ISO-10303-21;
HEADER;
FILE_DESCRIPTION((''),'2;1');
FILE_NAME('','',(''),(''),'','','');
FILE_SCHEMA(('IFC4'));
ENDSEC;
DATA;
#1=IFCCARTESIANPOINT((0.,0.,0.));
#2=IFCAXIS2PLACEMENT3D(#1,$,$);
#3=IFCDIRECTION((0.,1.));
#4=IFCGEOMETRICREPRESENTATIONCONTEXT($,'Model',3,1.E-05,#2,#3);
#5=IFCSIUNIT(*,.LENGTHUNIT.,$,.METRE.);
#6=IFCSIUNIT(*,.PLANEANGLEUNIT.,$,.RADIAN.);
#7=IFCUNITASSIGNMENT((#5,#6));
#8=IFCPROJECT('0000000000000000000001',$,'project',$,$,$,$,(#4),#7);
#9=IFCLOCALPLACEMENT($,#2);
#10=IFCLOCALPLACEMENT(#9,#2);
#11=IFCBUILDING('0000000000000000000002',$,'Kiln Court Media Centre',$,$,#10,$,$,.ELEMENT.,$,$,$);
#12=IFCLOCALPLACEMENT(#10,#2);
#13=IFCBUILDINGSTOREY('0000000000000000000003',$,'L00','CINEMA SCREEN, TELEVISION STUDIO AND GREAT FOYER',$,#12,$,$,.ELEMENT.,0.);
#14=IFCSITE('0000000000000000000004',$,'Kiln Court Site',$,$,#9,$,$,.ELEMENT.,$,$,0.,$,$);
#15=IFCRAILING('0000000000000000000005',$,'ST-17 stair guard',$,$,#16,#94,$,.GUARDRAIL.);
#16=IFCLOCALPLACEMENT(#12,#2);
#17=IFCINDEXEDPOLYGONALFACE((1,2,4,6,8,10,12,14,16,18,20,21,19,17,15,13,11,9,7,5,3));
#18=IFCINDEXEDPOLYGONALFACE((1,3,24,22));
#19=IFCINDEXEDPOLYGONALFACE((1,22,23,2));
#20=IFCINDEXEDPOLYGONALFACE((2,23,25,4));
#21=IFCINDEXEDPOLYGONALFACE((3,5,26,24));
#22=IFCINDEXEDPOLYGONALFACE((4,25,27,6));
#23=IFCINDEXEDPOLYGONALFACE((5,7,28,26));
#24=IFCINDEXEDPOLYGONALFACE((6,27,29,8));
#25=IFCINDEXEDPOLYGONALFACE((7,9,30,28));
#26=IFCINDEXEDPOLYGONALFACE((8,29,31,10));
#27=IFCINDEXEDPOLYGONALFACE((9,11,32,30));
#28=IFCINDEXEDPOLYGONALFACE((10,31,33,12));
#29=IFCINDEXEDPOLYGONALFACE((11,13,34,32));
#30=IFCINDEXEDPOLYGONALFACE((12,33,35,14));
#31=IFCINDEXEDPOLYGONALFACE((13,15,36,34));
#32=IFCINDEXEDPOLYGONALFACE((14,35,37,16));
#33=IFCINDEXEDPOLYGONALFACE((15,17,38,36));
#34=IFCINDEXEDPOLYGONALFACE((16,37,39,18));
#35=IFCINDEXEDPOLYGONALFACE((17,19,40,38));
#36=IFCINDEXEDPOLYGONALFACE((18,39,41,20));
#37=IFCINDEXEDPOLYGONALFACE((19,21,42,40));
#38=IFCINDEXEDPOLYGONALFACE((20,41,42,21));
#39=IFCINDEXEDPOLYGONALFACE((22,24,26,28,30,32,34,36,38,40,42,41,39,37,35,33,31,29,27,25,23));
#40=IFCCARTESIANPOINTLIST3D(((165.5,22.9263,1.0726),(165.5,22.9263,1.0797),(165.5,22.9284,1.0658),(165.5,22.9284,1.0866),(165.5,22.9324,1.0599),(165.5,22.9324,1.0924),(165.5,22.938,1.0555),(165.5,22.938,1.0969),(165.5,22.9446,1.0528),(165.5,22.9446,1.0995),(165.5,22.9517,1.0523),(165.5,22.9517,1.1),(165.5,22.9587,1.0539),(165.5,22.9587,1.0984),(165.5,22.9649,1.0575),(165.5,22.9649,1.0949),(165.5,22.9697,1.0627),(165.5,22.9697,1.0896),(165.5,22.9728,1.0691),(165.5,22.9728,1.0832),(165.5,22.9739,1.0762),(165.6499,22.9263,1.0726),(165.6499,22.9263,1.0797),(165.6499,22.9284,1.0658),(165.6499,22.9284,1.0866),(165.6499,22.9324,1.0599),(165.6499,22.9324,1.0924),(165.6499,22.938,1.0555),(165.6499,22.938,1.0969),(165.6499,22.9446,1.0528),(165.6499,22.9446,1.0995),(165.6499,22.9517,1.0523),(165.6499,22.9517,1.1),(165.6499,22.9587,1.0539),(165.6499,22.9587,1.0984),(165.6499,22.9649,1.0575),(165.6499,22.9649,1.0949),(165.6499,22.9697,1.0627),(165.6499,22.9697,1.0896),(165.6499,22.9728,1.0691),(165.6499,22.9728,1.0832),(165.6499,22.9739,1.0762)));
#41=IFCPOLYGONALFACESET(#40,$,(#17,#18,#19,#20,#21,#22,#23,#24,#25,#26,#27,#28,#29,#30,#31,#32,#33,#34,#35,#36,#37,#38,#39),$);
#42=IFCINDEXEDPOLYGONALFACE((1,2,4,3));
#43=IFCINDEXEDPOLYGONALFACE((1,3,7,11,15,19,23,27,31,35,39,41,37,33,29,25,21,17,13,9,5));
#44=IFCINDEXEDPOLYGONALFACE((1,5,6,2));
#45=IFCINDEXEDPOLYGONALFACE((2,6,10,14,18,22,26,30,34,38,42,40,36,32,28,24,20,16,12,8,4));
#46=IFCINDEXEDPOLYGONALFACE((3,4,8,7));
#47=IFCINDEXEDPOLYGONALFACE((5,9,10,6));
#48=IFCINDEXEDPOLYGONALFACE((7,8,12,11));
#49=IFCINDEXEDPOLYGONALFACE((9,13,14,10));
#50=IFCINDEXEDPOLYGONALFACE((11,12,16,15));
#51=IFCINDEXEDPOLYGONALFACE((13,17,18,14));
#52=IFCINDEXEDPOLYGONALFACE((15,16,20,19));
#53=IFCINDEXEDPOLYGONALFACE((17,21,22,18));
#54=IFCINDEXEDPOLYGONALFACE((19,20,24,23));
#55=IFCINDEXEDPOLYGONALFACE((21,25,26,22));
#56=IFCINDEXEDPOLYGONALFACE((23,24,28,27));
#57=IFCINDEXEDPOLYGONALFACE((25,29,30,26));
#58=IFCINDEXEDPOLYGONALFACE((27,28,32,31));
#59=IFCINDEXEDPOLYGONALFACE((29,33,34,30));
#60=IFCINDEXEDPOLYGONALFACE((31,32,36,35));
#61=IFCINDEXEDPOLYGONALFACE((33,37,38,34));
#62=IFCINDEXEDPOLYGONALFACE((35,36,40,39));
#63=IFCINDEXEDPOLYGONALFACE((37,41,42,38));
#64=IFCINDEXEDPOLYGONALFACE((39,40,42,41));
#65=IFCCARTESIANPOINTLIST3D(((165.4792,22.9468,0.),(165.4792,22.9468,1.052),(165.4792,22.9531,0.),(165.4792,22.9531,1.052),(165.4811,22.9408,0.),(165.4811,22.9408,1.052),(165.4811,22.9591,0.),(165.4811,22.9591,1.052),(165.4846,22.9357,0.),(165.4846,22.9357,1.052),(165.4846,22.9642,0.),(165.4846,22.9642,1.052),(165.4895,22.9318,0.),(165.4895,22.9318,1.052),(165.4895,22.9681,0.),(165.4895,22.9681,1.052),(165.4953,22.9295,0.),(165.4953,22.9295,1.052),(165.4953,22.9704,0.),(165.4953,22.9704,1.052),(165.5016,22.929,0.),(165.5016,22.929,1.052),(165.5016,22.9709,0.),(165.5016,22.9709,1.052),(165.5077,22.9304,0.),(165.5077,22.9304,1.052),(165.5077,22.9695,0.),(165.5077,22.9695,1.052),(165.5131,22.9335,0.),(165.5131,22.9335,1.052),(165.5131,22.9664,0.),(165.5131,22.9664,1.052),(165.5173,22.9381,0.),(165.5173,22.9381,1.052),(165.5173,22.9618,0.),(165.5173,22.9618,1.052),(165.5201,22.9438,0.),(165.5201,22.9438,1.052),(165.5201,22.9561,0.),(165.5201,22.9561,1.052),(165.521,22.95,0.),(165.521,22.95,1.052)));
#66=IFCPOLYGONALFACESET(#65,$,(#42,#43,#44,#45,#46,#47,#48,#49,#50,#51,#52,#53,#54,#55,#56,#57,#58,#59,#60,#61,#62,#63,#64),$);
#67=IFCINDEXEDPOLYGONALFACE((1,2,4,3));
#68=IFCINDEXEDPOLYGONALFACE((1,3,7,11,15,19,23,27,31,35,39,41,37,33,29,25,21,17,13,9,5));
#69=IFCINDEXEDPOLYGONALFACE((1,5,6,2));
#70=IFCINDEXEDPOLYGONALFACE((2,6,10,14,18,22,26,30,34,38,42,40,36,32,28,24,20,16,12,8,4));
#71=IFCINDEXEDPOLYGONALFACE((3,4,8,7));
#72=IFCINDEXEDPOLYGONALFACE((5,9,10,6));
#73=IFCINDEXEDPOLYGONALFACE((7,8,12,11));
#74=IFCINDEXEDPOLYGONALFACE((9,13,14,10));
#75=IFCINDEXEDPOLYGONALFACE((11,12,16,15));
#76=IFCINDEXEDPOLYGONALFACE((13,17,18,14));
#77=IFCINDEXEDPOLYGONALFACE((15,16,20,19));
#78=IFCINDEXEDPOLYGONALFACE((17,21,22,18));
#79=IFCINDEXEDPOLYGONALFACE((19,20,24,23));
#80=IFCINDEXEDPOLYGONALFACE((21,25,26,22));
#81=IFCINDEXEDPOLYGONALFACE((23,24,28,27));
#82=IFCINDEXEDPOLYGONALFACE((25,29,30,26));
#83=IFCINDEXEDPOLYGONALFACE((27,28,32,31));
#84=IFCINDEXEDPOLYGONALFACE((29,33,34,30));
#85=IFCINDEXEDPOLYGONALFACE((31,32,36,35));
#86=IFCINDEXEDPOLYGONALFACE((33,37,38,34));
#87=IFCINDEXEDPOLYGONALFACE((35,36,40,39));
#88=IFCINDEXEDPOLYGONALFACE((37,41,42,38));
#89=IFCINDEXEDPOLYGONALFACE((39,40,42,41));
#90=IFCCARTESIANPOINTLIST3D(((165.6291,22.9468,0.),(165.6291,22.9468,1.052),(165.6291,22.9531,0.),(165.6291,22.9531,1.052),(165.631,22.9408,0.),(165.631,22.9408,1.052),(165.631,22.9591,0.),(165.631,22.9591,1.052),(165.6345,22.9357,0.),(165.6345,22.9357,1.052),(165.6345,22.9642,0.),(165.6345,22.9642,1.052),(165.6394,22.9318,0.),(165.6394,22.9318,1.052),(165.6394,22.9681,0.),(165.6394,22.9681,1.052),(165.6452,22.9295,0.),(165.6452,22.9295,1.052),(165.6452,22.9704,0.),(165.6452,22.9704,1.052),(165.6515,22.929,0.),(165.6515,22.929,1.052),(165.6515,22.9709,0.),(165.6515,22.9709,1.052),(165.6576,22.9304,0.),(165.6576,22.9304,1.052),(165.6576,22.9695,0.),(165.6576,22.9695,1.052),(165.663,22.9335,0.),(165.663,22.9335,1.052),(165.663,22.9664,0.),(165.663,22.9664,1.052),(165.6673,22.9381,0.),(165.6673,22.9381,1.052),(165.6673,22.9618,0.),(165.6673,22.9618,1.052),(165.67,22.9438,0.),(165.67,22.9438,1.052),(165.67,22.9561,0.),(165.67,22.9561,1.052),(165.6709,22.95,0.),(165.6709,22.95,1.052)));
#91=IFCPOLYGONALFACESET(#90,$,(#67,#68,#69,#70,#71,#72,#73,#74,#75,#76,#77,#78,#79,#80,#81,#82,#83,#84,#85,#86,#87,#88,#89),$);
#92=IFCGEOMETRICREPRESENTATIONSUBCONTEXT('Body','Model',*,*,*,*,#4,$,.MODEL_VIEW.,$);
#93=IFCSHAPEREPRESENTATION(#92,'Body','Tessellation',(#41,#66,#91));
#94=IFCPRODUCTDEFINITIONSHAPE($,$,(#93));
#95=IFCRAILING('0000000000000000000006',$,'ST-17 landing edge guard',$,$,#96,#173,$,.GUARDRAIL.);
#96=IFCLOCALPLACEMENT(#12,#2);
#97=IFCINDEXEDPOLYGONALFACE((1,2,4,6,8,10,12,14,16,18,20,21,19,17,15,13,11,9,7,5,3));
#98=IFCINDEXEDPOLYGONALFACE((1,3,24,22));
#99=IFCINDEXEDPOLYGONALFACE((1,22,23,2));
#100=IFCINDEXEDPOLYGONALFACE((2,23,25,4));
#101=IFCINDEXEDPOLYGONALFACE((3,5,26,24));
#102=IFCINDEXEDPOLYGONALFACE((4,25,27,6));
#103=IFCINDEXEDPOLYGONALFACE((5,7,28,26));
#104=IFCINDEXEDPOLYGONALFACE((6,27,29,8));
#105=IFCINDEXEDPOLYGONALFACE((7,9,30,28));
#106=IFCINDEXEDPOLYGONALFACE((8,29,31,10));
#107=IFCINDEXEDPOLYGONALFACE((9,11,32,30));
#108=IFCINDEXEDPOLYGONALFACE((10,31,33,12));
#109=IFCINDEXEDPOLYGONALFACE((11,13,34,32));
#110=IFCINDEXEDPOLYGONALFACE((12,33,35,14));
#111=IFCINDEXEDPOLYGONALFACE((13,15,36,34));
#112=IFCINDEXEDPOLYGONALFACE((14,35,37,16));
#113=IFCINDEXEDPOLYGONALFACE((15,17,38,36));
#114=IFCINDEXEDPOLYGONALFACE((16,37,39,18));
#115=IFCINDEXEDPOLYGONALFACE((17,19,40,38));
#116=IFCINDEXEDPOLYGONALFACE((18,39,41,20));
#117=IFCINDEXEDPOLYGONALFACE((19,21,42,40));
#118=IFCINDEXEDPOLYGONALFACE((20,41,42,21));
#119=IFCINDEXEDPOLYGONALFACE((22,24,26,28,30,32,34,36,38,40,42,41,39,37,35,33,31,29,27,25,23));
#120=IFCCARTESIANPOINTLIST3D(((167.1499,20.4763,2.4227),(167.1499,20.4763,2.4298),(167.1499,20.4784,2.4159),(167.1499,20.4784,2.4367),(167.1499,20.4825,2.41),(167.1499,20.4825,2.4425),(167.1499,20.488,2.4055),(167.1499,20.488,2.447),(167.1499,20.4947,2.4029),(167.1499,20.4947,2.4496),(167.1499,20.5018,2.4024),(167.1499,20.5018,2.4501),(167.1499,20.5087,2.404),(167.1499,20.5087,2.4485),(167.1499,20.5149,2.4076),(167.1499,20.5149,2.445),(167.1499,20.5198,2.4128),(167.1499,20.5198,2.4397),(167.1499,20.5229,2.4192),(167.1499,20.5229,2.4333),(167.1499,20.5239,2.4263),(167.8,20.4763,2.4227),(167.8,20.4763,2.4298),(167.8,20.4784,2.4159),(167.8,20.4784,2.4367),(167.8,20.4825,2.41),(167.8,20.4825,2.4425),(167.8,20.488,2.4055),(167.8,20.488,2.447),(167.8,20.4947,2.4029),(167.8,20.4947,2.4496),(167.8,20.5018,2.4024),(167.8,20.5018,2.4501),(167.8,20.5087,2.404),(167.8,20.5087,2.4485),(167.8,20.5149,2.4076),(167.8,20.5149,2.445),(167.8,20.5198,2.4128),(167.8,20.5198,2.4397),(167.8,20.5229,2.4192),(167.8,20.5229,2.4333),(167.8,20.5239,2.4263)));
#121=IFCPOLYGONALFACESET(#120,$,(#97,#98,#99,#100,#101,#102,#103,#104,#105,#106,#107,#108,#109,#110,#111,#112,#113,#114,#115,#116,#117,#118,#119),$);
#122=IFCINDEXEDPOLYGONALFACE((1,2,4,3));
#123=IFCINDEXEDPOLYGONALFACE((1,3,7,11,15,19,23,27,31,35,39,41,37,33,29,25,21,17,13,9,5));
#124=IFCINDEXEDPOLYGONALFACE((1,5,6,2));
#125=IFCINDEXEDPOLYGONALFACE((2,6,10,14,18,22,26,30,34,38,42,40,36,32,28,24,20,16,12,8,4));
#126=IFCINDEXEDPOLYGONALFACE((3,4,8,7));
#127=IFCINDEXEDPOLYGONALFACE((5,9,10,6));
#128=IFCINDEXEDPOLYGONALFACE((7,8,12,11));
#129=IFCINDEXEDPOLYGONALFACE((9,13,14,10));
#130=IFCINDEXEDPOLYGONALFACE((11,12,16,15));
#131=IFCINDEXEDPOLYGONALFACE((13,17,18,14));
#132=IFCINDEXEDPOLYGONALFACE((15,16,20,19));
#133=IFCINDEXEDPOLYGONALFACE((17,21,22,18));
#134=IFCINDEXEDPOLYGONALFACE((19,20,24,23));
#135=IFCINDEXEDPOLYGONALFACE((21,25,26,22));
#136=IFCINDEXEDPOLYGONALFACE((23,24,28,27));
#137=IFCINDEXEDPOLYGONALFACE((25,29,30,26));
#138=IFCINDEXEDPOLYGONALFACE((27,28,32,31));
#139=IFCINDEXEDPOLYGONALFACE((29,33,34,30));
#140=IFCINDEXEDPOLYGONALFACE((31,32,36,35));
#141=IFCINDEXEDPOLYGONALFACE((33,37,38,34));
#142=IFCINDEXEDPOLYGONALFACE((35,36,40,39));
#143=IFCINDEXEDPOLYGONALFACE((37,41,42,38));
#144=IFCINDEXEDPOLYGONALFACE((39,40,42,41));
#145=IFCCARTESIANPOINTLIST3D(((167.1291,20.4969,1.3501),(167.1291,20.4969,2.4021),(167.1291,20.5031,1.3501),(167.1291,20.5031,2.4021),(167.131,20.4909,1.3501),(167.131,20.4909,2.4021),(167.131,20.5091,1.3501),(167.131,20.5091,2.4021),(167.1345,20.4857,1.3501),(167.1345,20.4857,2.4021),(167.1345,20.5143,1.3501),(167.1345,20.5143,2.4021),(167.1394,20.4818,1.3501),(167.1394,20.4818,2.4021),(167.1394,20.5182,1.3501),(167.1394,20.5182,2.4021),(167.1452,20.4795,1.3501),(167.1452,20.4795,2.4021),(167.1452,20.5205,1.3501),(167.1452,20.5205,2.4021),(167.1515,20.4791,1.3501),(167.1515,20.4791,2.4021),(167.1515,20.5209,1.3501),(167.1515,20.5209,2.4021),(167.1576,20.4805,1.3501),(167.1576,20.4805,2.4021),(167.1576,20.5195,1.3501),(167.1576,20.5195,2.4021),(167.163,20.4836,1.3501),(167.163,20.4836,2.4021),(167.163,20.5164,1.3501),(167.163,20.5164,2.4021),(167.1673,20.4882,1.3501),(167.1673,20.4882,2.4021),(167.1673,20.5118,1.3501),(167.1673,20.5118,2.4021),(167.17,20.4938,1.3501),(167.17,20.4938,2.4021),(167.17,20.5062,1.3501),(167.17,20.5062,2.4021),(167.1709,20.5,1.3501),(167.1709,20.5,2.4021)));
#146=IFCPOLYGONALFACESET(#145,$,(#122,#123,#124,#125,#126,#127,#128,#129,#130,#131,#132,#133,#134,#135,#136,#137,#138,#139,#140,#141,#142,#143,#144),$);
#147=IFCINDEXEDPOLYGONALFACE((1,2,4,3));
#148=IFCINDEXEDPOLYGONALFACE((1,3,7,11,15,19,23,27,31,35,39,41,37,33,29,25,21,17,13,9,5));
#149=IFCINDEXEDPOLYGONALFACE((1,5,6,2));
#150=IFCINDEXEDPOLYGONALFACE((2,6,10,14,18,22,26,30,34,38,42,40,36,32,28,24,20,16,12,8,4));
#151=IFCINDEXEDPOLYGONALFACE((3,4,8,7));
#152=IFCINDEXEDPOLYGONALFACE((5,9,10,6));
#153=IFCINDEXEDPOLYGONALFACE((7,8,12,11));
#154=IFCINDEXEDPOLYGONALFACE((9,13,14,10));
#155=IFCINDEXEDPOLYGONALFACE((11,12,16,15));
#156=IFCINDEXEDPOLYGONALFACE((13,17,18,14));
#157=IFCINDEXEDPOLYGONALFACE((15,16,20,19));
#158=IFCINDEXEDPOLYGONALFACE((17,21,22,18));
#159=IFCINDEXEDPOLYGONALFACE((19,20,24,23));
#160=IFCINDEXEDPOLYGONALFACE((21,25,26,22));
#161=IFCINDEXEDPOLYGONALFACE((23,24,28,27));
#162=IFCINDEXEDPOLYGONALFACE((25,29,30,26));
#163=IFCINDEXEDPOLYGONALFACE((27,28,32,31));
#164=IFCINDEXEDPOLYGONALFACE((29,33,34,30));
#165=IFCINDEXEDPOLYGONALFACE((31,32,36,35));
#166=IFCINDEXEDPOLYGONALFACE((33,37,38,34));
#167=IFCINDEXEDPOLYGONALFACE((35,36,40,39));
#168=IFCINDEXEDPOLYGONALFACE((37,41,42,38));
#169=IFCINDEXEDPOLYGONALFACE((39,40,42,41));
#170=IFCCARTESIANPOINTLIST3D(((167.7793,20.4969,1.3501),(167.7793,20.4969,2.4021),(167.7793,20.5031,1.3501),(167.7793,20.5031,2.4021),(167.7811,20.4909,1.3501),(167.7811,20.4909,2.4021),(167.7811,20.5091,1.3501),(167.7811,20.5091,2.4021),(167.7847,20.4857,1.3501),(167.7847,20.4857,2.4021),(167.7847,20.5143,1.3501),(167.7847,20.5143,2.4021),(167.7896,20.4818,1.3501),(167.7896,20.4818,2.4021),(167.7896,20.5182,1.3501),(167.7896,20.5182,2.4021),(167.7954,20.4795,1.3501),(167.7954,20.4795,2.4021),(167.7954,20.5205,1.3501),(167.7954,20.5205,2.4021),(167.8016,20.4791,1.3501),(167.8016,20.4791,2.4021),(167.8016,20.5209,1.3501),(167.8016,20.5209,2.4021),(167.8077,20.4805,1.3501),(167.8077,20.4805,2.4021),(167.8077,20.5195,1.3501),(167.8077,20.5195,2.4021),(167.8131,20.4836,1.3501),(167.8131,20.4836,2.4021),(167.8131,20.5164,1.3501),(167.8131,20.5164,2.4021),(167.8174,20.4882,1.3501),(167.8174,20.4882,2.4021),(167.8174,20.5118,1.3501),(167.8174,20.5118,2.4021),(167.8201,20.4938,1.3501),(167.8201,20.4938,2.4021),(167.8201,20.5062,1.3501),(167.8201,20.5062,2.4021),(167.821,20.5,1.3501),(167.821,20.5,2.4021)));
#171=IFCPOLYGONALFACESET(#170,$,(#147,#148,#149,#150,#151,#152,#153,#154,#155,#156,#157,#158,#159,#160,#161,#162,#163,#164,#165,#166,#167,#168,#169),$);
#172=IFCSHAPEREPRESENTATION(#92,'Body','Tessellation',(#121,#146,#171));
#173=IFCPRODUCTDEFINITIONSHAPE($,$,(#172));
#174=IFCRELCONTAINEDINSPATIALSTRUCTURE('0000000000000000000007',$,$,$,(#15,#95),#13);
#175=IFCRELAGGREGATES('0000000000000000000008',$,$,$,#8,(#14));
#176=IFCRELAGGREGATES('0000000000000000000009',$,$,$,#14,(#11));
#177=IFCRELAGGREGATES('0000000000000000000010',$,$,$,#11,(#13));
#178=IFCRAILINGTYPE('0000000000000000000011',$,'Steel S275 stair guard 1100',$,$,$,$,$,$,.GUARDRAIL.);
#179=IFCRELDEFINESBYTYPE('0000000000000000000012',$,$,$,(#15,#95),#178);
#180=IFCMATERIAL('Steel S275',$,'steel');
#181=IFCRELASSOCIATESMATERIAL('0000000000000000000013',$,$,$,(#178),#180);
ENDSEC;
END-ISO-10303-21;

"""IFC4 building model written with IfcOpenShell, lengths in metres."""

from ifc_helpers import new_model, si_unit, direction, frame, origin, origin_2d, place, context, subcontext, project, spatial, circle, extrude, material, type_object, element, save


model = new_model("IFC4")

# Units and contexts
model_context = context("Model", 3, precision=1e-05, world=origin(), true_north=direction((0.0, 1.0)))
body_context = subcontext(model_context, "Body", "Model", "MODEL_VIEW")
ifc_project = project(units=[si_unit("LENGTHUNIT", "METRE"), si_unit("PLANEANGLEUNIT", "RADIAN")], contexts=[model_context])

# Site, building, storey
site_placement = place(None, origin())
site = spatial("IfcSite", under=ifc_project, at=site_placement, Name="Kiln Court Site", CompositionType="ELEMENT", RefElevation=0.0)
building_placement = place(site_placement, origin())
building = spatial("IfcBuilding", under=site, at=building_placement, Name="Kiln Court Media Centre", CompositionType="ELEMENT")
storey_placement = place(building_placement, origin())
storey = spatial("IfcBuildingStorey", under=building, at=storey_placement, Name="L00", Description="CINEMA SCREEN, TELEVISION STUDIO AND GREAT FOYER", CompositionType="ELEMENT", Elevation=0.0)

# Railings
ifc_material_1 = material(Name="Steel S275", Category="steel")
railing_type_1 = type_object("IfcRailingType", Name="Steel S275 stair guard 1100", PredefinedType="GUARDRAIL", material=ifc_material_1)
railing_1_placement = place(storey_placement, frame((165.5, 22.95, 0.0)))
element("IfcRailing", 1, at=railing_1_placement, inside=storey, type_object=railing_type_1, Name="ST-17 stair guard", PredefinedType="GUARDRAIL", context=body_context, shape_type="SweptSolid", body=[
    extrude(circle(Radius=0.0239, at=origin_2d()), frame((0.0, 0.0, 1.0762), z_axis=(1.0, 0.0, 0.0), x_axis=(0.0, 1.0, 0.0)), (0.0, 0.0, 1.0), 0.1499),
    extrude(circle(Radius=0.021, at=origin_2d()), origin(), (0.0, 0.0, 1.0), 1.052),
    extrude(circle(Radius=0.021, at=origin_2d()), frame((0.1499, 0.0, 0.0)), (0.0, 0.0, 1.0), 1.052),
])
for number, where, name in (
    (2, (167.1499, 20.5, 1.3501), "ST-17 landing edge guard"),
):
    element("IfcRailing", number, at=place(storey_placement, frame(where)), inside=storey, type_object=railing_type_1, Name=name, PredefinedType="GUARDRAIL", context=body_context, shape_type="SweptSolid", body=[
        extrude(circle(Radius=0.0239, at=origin_2d()), frame((0.0, 0.0, 1.0762), z_axis=(1.0, 0.0, 0.0), x_axis=(0.0, 1.0, 0.0)), (0.0, 0.0, 1.0), 0.6501),
        extrude(circle(Radius=0.021, at=origin_2d()), origin(), (0.0, 0.0, 1.0), 1.052),
        extrude(circle(Radius=0.021, at=origin_2d()), frame((0.6501, 0.0, 0.0)), (0.0, 0.0, 1.0), 1.052),
    ])

save(model, "model.ifc")
